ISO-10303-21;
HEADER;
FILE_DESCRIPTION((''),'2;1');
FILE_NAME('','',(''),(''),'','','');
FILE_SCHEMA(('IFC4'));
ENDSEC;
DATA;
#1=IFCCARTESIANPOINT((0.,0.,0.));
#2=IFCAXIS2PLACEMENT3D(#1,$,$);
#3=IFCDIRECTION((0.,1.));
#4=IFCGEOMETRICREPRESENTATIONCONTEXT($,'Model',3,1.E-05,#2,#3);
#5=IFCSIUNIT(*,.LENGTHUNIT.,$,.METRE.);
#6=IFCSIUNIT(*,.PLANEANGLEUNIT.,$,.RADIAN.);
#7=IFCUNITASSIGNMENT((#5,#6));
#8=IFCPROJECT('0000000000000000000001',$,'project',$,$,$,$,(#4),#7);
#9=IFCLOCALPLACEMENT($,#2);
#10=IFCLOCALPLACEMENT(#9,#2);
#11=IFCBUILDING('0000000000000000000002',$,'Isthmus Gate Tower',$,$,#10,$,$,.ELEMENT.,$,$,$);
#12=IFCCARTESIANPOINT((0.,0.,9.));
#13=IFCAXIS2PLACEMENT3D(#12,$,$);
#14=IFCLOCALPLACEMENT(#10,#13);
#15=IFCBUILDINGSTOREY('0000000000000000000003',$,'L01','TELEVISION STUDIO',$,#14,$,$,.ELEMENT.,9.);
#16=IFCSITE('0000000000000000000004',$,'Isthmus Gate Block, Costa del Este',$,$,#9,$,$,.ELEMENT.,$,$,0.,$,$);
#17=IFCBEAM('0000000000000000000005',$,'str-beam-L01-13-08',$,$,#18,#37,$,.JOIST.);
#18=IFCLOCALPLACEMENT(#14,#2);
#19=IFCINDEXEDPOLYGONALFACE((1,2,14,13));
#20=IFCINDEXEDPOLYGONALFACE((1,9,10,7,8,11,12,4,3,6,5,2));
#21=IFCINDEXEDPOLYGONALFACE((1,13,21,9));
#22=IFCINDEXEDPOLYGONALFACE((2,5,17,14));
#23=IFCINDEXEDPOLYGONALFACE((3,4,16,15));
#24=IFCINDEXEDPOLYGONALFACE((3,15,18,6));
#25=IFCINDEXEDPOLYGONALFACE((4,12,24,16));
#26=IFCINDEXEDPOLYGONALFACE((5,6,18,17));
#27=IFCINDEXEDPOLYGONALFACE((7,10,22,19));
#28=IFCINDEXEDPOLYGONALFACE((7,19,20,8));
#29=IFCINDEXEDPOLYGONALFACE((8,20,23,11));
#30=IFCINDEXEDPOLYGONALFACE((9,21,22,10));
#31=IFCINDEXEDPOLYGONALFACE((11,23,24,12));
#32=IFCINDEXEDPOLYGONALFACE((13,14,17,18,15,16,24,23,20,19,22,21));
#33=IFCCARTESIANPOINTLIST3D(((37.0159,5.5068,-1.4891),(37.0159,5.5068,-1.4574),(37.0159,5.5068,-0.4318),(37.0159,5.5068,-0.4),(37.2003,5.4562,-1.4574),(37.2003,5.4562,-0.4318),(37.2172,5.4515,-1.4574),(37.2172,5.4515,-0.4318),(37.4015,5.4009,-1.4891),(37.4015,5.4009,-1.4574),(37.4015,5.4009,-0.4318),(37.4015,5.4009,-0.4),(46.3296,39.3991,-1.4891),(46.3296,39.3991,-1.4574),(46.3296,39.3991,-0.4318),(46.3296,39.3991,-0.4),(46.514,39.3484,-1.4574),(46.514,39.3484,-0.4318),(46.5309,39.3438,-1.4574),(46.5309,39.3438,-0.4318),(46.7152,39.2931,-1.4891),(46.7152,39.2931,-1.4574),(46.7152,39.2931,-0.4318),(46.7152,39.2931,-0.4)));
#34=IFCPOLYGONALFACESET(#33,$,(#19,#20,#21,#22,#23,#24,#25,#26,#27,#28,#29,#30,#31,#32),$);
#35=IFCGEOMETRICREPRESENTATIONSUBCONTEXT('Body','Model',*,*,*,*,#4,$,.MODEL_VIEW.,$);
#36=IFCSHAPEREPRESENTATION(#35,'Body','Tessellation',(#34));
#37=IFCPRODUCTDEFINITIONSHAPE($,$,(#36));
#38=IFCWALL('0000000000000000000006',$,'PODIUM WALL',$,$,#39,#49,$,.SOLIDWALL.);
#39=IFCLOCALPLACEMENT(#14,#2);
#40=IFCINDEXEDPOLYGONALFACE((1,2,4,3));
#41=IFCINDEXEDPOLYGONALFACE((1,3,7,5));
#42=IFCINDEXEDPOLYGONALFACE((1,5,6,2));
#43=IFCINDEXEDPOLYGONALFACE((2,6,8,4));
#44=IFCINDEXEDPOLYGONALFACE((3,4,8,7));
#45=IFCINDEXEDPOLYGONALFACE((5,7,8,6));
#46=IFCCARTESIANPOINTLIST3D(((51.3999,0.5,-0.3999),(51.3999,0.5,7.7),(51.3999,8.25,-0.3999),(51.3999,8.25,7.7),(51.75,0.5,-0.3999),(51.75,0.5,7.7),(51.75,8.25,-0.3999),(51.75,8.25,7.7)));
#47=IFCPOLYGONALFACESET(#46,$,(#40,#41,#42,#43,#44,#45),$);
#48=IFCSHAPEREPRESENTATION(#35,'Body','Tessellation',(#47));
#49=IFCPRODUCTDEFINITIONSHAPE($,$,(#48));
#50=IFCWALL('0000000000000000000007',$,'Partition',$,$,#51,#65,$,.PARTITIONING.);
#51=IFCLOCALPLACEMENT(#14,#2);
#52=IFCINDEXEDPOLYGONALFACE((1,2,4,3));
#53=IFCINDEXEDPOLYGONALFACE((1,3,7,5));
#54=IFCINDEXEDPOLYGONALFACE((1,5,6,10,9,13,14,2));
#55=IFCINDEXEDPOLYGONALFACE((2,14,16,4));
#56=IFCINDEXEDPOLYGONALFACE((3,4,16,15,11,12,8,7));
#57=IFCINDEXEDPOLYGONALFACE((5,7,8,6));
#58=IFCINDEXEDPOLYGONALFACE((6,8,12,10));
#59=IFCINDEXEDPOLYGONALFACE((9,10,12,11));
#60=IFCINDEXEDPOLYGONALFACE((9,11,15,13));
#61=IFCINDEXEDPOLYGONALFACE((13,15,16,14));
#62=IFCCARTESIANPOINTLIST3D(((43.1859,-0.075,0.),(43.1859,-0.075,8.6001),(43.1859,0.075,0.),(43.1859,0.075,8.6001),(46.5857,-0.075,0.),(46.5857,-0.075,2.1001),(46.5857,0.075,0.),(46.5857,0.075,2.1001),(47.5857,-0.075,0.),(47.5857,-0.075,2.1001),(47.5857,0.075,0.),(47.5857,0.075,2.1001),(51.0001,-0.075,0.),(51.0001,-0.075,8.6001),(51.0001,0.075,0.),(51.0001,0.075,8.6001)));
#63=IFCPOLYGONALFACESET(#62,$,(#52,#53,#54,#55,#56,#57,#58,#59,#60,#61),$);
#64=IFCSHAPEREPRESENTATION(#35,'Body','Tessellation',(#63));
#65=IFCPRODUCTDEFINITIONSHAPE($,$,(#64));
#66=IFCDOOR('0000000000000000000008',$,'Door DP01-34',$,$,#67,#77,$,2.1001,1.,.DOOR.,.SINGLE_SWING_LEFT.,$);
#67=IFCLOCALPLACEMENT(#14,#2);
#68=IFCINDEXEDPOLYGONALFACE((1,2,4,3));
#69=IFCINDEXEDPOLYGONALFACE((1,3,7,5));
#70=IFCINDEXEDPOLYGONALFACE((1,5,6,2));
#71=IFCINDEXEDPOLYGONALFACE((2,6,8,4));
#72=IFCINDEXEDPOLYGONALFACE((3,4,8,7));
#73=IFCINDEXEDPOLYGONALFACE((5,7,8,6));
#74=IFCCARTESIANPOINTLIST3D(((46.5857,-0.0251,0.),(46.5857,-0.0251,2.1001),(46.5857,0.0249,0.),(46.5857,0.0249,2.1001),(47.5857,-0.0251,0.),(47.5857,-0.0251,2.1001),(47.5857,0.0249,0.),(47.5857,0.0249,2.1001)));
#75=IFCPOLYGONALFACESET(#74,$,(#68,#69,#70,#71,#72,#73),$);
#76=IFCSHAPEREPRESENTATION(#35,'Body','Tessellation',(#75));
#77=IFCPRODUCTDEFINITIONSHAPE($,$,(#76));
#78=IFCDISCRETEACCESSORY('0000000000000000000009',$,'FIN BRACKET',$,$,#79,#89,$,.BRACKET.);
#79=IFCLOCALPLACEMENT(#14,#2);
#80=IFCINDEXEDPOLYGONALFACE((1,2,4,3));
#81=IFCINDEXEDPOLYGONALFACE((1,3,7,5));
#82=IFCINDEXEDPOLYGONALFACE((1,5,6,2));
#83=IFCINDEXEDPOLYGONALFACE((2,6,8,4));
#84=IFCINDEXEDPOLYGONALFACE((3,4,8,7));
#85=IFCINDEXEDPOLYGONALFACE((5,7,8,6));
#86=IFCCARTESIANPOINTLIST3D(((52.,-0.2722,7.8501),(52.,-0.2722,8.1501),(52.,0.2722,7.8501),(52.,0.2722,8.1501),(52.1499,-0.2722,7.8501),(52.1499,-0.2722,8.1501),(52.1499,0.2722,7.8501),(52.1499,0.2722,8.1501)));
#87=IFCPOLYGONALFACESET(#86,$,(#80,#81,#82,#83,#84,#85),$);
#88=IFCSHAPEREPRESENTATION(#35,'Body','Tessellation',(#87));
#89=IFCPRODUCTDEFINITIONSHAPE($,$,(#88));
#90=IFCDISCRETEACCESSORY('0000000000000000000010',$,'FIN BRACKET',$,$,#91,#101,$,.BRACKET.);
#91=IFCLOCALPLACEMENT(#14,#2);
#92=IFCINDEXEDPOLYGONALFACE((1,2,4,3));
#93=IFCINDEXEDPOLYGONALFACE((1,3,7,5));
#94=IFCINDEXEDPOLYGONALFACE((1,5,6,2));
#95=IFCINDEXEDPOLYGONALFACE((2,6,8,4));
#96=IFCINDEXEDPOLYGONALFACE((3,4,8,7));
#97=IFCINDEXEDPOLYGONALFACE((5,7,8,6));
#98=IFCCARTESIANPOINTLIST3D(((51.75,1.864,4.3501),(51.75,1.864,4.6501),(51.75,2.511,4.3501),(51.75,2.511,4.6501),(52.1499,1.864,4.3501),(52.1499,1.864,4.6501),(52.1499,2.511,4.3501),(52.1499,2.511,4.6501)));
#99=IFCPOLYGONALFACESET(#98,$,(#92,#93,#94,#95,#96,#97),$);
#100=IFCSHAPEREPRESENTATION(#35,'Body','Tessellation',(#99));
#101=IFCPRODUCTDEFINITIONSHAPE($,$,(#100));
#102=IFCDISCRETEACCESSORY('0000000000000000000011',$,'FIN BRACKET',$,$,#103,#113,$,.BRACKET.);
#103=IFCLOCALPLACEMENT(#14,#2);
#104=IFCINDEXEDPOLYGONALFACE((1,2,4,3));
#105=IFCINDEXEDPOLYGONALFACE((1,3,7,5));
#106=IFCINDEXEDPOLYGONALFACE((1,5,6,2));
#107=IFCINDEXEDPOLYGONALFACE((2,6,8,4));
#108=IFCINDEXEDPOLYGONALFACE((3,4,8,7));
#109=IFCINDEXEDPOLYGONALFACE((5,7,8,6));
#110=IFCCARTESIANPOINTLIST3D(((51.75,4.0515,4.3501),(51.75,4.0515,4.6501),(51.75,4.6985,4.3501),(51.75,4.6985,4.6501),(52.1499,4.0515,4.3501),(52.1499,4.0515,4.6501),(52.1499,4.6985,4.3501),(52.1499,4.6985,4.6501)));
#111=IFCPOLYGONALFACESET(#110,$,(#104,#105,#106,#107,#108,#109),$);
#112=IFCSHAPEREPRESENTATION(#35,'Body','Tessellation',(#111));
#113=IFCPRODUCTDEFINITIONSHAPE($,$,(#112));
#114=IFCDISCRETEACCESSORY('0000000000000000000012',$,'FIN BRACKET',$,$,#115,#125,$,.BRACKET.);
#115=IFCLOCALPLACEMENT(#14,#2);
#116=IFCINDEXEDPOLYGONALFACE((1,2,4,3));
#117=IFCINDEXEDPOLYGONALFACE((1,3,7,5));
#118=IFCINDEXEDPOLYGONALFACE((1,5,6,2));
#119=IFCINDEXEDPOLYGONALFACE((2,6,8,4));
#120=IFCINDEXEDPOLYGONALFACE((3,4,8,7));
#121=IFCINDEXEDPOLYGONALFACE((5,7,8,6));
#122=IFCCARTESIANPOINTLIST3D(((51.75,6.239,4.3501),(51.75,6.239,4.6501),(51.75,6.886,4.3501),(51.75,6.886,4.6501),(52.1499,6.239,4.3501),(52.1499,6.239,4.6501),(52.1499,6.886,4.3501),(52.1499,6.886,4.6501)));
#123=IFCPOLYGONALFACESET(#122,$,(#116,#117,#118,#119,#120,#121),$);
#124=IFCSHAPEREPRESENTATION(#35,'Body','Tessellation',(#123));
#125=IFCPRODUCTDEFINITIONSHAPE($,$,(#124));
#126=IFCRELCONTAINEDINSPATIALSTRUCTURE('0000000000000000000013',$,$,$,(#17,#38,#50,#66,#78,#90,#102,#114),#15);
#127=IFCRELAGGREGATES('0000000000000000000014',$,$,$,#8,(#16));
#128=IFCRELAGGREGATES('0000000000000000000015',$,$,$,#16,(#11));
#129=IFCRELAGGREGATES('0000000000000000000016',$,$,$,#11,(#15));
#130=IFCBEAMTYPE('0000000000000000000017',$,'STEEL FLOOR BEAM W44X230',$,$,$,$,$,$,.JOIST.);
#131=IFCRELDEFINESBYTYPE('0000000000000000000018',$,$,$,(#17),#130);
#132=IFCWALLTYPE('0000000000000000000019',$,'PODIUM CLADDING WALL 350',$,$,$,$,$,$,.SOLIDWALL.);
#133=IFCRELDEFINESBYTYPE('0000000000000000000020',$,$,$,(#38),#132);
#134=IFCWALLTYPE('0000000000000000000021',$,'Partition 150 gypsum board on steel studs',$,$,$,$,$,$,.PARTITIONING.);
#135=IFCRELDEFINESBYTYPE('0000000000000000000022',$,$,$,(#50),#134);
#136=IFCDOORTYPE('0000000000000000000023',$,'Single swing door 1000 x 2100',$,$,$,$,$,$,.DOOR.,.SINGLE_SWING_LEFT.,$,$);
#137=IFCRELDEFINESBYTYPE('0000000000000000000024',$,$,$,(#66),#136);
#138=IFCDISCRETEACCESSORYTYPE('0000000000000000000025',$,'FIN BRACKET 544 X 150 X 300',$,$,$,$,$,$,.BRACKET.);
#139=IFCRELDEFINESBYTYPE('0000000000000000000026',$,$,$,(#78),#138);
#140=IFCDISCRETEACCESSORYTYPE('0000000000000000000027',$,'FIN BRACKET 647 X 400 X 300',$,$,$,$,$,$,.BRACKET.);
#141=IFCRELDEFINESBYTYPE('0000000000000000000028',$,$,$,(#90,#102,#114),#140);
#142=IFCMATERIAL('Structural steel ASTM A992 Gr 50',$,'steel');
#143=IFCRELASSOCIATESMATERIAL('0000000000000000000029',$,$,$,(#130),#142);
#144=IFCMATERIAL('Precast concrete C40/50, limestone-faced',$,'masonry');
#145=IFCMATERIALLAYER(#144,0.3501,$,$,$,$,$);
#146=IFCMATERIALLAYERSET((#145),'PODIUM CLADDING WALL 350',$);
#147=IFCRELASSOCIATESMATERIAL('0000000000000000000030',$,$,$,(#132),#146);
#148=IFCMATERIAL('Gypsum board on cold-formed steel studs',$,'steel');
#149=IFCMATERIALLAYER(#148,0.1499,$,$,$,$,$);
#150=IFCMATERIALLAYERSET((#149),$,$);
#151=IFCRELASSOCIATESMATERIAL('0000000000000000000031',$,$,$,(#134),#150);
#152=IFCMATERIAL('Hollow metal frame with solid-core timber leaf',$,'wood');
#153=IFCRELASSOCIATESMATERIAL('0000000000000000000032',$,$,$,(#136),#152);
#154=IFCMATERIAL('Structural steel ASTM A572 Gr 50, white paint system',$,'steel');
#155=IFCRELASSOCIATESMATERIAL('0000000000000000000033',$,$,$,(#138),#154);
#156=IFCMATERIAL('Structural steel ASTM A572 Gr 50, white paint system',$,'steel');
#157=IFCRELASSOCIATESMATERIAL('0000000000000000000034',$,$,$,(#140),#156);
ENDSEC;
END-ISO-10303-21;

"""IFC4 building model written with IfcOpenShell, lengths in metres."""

from ifc_helpers import new_model, si_unit, direction, frame, frame_2d, origin, origin_2d, place, context, subcontext, project, spatial, rectangle, i_section, extrude, material, layer, layer_set, material_profile, profile_set, type_object, element, fill, save


model = new_model("IFC4")

# Units and contexts
model_context = context("Model", 3, precision=1e-05, world=origin(), true_north=direction((0.0, 1.0)))
body_context = subcontext(model_context, "Body", "Model", "MODEL_VIEW")
ifc_project = project(units=[si_unit("LENGTHUNIT", "METRE"), si_unit("PLANEANGLEUNIT", "RADIAN")], contexts=[model_context])

# Site, building, storey
site_placement = place(None, origin())
site = spatial("IfcSite", under=ifc_project, at=site_placement, Name="Isthmus Gate Block, Costa del Este", CompositionType="ELEMENT", RefElevation=0.0)
building_placement = place(site_placement, origin())
building = spatial("IfcBuilding", under=site, at=building_placement, Name="Isthmus Gate Tower", CompositionType="ELEMENT")
storey_placement = place(building_placement, frame((0.0, 0.0, 9.0)))
storey = spatial("IfcBuildingStorey", under=building, at=storey_placement, Name="L01", Description="TELEVISION STUDIO", CompositionType="ELEMENT", Elevation=9.0)

# Beam
ifc_material_1 = material(Name="Structural steel ASTM A992 Gr 50", Category="steel")
ifc_material_profile_1 = material_profile(ifc_material_1, i_section(OverallWidth=0.3999, OverallDepth=1.0891, WebThickness=0.0176, FlangeThickness=0.0317, at=origin_2d()), Name="W44X230")
ifc_profile_set_1 = profile_set([ifc_material_profile_1], Name="Structural steel ASTM A992 Gr 50")
beam_type_1 = type_object("IfcBeamType", Name="STEEL FLOOR BEAM W44X230", PredefinedType="JOIST", material=ifc_profile_set_1)
beam_1_placement = place(storey_placement, frame((37.2087, 5.4539, -0.9446), z_axis=(0.26498, 0.964254, 0.0), x_axis=(-0.964254, 0.26498, 0.0)))
element("IfcBeam", 1, at=beam_1_placement, inside=storey, type_object=beam_type_1, Name="str-beam-L01-13-08", PredefinedType="JOIST", context=body_context, shape_type="SweptSolid", body=[
    extrude(i_section(OverallWidth=0.3999, OverallDepth=1.0891, WebThickness=0.0176, FlangeThickness=0.0317, at=origin_2d()), origin(), (0.0, 0.0, 1.0), 35.1487),
])

# Wall
ifc_material_2 = material(Name="Precast concrete C40/50, limestone-faced", Category="masonry")
ifc_layer_1 = layer(ifc_material_2, 0.3501)
ifc_layer_set_1 = layer_set([ifc_layer_1], Name="PODIUM CLADDING WALL 350")
wall_type_1 = type_object("IfcWallType", Name="PODIUM CLADDING WALL 350", PredefinedType="SOLIDWALL", material=ifc_layer_set_1)
wall_1_placement = place(storey_placement, frame((51.575, 0.5, -0.3999), z_axis=(0.0, 0.0, 1.0), x_axis=(0.0, 1.0, 0.0)))
element("IfcWall", 2, at=wall_1_placement, inside=storey, type_object=wall_type_1, Name="PODIUM WALL", PredefinedType="SOLIDWALL", context=body_context, shape_type="SweptSolid", body=[
    extrude(rectangle(XDim=7.75, YDim=0.3501, at=frame_2d((3.875, 0.0))), origin(), (0.0, 0.0, 1.0), 8.0999),
])

# Wall, opening, door
ifc_material_3 = material(Name="Gypsum board on cold-formed steel studs", Category="steel")
ifc_layer_2 = layer(ifc_material_3, 0.1499)
ifc_layer_set_2 = layer_set([ifc_layer_2])
wall_type_2 = type_object("IfcWallType", Name="Partition 150 gypsum board on steel studs", PredefinedType="PARTITIONING", material=ifc_layer_set_2)
wall_2_placement = place(storey_placement, frame((43.1858, 0.0, 0.0), z_axis=(0.0, 0.0, 1.0), x_axis=(1.0, 0.0, 0.0)))
wall_2 = element("IfcWall", 3, at=wall_2_placement, inside=storey, type_object=wall_type_2, Name="Partition", PredefinedType="PARTITIONING", context=body_context, shape_type="SweptSolid", body=[
    extrude(rectangle(XDim=7.8142, YDim=0.1499, at=frame_2d((3.9072, 0.0))), origin(), (0.0, 0.0, 1.0), 8.6001),
])
opening_placement = place(wall_2_placement, frame((3.3999, 0.0, 0.0)))
opening = element("IfcOpeningElement", 4, at=opening_placement, cuts=wall_2, PredefinedType="OPENING", context=body_context, shape_type="SweptSolid", body=[
    extrude(rectangle(XDim=1.0, YDim=2.1001, at=frame_2d((0.5, 1.05))), frame((0.0, 0.085, 0.0), z_axis=(0.0, -1.0, 0.0), x_axis=(1.0, 0.0, 0.0)), (0.0, 0.0, 1.0), 0.1699),
])
ifc_material_4 = material(Name="Hollow metal frame with solid-core timber leaf", Category="wood")
door_type = type_object("IfcDoorType", Name="Single swing door 1000 x 2100", OperationType="SINGLE_SWING_LEFT", PredefinedType="DOOR", material=ifc_material_4)
door_placement = place(opening_placement, origin())
door = element("IfcDoor", 5, at=door_placement, inside=storey, type_object=door_type, Name="Door DP01-34", OperationType="SINGLE_SWING_LEFT", OverallHeight=2.1001, OverallWidth=1.0, PredefinedType="DOOR", context=body_context, shape_type="SweptSolid", body=[
    extrude(rectangle(XDim=1.0, YDim=2.1001, at=frame_2d((0.5, 1.05))), frame((0.0, 0.0249, 0.0), z_axis=(0.0, -1.0, 0.0), x_axis=(1.0, 0.0, 0.0)), (0.0, 0.0, 1.0), 0.05),
])
fill(opening, door)

# Discrete accessories
ifc_material_5 = material(Name="Structural steel ASTM A572 Gr 50, white paint system", Category="steel")
discrete_accessory_type_1 = type_object("IfcDiscreteAccessoryType", Name="FIN BRACKET 544 X 150 X 300", PredefinedType="BRACKET", material=ifc_material_5)
discrete_accessory_placement = place(storey_placement, frame((52.075, 0.0, 7.8501), z_axis=(0.0, 0.0, 1.0), x_axis=(1.0, 0.0, 0.0)))
element("IfcDiscreteAccessory", 6, at=discrete_accessory_placement, inside=storey, type_object=discrete_accessory_type_1, Name="FIN BRACKET", PredefinedType="BRACKET", context=body_context, shape_type="SweptSolid", body=[
    extrude(rectangle(XDim=0.1499, YDim=0.5444, at=origin_2d()), origin(), (0.0, 0.0, 1.0), 0.3),
])
ifc_material_6 = material(Name="Structural steel ASTM A572 Gr 50, white paint system", Category="steel")
discrete_accessory_type_2 = type_object("IfcDiscreteAccessoryType", Name="FIN BRACKET 647 X 400 X 300", PredefinedType="BRACKET", material=ifc_material_6)
for number, where, z_axis, x_axis, name in (
    (7, (51.95, 2.1875, 4.3501), (0.0, 0.0, 1.0), (1.0, 0.0, 0.0), "FIN BRACKET"),
    (8, (51.95, 4.375, 4.3501), (0.0, 0.0, 1.0), (1.0, 0.0, 0.0), "FIN BRACKET"),
    (9, (51.95, 6.5625, 4.3501), (0.0, 0.0, 1.0), (1.0, 0.0, 0.0), "FIN BRACKET"),
):
    element("IfcDiscreteAccessory", number, at=place(storey_placement, frame(where, z_axis=z_axis, x_axis=x_axis)), inside=storey, type_object=discrete_accessory_type_2, Name=name, PredefinedType="BRACKET", context=body_context, shape_type="SweptSolid", body=[
        extrude(rectangle(XDim=0.3999, YDim=0.647, at=origin_2d()), origin(), (0.0, 0.0, 1.0), 0.3),
    ])

save(model, "model.ifc")
